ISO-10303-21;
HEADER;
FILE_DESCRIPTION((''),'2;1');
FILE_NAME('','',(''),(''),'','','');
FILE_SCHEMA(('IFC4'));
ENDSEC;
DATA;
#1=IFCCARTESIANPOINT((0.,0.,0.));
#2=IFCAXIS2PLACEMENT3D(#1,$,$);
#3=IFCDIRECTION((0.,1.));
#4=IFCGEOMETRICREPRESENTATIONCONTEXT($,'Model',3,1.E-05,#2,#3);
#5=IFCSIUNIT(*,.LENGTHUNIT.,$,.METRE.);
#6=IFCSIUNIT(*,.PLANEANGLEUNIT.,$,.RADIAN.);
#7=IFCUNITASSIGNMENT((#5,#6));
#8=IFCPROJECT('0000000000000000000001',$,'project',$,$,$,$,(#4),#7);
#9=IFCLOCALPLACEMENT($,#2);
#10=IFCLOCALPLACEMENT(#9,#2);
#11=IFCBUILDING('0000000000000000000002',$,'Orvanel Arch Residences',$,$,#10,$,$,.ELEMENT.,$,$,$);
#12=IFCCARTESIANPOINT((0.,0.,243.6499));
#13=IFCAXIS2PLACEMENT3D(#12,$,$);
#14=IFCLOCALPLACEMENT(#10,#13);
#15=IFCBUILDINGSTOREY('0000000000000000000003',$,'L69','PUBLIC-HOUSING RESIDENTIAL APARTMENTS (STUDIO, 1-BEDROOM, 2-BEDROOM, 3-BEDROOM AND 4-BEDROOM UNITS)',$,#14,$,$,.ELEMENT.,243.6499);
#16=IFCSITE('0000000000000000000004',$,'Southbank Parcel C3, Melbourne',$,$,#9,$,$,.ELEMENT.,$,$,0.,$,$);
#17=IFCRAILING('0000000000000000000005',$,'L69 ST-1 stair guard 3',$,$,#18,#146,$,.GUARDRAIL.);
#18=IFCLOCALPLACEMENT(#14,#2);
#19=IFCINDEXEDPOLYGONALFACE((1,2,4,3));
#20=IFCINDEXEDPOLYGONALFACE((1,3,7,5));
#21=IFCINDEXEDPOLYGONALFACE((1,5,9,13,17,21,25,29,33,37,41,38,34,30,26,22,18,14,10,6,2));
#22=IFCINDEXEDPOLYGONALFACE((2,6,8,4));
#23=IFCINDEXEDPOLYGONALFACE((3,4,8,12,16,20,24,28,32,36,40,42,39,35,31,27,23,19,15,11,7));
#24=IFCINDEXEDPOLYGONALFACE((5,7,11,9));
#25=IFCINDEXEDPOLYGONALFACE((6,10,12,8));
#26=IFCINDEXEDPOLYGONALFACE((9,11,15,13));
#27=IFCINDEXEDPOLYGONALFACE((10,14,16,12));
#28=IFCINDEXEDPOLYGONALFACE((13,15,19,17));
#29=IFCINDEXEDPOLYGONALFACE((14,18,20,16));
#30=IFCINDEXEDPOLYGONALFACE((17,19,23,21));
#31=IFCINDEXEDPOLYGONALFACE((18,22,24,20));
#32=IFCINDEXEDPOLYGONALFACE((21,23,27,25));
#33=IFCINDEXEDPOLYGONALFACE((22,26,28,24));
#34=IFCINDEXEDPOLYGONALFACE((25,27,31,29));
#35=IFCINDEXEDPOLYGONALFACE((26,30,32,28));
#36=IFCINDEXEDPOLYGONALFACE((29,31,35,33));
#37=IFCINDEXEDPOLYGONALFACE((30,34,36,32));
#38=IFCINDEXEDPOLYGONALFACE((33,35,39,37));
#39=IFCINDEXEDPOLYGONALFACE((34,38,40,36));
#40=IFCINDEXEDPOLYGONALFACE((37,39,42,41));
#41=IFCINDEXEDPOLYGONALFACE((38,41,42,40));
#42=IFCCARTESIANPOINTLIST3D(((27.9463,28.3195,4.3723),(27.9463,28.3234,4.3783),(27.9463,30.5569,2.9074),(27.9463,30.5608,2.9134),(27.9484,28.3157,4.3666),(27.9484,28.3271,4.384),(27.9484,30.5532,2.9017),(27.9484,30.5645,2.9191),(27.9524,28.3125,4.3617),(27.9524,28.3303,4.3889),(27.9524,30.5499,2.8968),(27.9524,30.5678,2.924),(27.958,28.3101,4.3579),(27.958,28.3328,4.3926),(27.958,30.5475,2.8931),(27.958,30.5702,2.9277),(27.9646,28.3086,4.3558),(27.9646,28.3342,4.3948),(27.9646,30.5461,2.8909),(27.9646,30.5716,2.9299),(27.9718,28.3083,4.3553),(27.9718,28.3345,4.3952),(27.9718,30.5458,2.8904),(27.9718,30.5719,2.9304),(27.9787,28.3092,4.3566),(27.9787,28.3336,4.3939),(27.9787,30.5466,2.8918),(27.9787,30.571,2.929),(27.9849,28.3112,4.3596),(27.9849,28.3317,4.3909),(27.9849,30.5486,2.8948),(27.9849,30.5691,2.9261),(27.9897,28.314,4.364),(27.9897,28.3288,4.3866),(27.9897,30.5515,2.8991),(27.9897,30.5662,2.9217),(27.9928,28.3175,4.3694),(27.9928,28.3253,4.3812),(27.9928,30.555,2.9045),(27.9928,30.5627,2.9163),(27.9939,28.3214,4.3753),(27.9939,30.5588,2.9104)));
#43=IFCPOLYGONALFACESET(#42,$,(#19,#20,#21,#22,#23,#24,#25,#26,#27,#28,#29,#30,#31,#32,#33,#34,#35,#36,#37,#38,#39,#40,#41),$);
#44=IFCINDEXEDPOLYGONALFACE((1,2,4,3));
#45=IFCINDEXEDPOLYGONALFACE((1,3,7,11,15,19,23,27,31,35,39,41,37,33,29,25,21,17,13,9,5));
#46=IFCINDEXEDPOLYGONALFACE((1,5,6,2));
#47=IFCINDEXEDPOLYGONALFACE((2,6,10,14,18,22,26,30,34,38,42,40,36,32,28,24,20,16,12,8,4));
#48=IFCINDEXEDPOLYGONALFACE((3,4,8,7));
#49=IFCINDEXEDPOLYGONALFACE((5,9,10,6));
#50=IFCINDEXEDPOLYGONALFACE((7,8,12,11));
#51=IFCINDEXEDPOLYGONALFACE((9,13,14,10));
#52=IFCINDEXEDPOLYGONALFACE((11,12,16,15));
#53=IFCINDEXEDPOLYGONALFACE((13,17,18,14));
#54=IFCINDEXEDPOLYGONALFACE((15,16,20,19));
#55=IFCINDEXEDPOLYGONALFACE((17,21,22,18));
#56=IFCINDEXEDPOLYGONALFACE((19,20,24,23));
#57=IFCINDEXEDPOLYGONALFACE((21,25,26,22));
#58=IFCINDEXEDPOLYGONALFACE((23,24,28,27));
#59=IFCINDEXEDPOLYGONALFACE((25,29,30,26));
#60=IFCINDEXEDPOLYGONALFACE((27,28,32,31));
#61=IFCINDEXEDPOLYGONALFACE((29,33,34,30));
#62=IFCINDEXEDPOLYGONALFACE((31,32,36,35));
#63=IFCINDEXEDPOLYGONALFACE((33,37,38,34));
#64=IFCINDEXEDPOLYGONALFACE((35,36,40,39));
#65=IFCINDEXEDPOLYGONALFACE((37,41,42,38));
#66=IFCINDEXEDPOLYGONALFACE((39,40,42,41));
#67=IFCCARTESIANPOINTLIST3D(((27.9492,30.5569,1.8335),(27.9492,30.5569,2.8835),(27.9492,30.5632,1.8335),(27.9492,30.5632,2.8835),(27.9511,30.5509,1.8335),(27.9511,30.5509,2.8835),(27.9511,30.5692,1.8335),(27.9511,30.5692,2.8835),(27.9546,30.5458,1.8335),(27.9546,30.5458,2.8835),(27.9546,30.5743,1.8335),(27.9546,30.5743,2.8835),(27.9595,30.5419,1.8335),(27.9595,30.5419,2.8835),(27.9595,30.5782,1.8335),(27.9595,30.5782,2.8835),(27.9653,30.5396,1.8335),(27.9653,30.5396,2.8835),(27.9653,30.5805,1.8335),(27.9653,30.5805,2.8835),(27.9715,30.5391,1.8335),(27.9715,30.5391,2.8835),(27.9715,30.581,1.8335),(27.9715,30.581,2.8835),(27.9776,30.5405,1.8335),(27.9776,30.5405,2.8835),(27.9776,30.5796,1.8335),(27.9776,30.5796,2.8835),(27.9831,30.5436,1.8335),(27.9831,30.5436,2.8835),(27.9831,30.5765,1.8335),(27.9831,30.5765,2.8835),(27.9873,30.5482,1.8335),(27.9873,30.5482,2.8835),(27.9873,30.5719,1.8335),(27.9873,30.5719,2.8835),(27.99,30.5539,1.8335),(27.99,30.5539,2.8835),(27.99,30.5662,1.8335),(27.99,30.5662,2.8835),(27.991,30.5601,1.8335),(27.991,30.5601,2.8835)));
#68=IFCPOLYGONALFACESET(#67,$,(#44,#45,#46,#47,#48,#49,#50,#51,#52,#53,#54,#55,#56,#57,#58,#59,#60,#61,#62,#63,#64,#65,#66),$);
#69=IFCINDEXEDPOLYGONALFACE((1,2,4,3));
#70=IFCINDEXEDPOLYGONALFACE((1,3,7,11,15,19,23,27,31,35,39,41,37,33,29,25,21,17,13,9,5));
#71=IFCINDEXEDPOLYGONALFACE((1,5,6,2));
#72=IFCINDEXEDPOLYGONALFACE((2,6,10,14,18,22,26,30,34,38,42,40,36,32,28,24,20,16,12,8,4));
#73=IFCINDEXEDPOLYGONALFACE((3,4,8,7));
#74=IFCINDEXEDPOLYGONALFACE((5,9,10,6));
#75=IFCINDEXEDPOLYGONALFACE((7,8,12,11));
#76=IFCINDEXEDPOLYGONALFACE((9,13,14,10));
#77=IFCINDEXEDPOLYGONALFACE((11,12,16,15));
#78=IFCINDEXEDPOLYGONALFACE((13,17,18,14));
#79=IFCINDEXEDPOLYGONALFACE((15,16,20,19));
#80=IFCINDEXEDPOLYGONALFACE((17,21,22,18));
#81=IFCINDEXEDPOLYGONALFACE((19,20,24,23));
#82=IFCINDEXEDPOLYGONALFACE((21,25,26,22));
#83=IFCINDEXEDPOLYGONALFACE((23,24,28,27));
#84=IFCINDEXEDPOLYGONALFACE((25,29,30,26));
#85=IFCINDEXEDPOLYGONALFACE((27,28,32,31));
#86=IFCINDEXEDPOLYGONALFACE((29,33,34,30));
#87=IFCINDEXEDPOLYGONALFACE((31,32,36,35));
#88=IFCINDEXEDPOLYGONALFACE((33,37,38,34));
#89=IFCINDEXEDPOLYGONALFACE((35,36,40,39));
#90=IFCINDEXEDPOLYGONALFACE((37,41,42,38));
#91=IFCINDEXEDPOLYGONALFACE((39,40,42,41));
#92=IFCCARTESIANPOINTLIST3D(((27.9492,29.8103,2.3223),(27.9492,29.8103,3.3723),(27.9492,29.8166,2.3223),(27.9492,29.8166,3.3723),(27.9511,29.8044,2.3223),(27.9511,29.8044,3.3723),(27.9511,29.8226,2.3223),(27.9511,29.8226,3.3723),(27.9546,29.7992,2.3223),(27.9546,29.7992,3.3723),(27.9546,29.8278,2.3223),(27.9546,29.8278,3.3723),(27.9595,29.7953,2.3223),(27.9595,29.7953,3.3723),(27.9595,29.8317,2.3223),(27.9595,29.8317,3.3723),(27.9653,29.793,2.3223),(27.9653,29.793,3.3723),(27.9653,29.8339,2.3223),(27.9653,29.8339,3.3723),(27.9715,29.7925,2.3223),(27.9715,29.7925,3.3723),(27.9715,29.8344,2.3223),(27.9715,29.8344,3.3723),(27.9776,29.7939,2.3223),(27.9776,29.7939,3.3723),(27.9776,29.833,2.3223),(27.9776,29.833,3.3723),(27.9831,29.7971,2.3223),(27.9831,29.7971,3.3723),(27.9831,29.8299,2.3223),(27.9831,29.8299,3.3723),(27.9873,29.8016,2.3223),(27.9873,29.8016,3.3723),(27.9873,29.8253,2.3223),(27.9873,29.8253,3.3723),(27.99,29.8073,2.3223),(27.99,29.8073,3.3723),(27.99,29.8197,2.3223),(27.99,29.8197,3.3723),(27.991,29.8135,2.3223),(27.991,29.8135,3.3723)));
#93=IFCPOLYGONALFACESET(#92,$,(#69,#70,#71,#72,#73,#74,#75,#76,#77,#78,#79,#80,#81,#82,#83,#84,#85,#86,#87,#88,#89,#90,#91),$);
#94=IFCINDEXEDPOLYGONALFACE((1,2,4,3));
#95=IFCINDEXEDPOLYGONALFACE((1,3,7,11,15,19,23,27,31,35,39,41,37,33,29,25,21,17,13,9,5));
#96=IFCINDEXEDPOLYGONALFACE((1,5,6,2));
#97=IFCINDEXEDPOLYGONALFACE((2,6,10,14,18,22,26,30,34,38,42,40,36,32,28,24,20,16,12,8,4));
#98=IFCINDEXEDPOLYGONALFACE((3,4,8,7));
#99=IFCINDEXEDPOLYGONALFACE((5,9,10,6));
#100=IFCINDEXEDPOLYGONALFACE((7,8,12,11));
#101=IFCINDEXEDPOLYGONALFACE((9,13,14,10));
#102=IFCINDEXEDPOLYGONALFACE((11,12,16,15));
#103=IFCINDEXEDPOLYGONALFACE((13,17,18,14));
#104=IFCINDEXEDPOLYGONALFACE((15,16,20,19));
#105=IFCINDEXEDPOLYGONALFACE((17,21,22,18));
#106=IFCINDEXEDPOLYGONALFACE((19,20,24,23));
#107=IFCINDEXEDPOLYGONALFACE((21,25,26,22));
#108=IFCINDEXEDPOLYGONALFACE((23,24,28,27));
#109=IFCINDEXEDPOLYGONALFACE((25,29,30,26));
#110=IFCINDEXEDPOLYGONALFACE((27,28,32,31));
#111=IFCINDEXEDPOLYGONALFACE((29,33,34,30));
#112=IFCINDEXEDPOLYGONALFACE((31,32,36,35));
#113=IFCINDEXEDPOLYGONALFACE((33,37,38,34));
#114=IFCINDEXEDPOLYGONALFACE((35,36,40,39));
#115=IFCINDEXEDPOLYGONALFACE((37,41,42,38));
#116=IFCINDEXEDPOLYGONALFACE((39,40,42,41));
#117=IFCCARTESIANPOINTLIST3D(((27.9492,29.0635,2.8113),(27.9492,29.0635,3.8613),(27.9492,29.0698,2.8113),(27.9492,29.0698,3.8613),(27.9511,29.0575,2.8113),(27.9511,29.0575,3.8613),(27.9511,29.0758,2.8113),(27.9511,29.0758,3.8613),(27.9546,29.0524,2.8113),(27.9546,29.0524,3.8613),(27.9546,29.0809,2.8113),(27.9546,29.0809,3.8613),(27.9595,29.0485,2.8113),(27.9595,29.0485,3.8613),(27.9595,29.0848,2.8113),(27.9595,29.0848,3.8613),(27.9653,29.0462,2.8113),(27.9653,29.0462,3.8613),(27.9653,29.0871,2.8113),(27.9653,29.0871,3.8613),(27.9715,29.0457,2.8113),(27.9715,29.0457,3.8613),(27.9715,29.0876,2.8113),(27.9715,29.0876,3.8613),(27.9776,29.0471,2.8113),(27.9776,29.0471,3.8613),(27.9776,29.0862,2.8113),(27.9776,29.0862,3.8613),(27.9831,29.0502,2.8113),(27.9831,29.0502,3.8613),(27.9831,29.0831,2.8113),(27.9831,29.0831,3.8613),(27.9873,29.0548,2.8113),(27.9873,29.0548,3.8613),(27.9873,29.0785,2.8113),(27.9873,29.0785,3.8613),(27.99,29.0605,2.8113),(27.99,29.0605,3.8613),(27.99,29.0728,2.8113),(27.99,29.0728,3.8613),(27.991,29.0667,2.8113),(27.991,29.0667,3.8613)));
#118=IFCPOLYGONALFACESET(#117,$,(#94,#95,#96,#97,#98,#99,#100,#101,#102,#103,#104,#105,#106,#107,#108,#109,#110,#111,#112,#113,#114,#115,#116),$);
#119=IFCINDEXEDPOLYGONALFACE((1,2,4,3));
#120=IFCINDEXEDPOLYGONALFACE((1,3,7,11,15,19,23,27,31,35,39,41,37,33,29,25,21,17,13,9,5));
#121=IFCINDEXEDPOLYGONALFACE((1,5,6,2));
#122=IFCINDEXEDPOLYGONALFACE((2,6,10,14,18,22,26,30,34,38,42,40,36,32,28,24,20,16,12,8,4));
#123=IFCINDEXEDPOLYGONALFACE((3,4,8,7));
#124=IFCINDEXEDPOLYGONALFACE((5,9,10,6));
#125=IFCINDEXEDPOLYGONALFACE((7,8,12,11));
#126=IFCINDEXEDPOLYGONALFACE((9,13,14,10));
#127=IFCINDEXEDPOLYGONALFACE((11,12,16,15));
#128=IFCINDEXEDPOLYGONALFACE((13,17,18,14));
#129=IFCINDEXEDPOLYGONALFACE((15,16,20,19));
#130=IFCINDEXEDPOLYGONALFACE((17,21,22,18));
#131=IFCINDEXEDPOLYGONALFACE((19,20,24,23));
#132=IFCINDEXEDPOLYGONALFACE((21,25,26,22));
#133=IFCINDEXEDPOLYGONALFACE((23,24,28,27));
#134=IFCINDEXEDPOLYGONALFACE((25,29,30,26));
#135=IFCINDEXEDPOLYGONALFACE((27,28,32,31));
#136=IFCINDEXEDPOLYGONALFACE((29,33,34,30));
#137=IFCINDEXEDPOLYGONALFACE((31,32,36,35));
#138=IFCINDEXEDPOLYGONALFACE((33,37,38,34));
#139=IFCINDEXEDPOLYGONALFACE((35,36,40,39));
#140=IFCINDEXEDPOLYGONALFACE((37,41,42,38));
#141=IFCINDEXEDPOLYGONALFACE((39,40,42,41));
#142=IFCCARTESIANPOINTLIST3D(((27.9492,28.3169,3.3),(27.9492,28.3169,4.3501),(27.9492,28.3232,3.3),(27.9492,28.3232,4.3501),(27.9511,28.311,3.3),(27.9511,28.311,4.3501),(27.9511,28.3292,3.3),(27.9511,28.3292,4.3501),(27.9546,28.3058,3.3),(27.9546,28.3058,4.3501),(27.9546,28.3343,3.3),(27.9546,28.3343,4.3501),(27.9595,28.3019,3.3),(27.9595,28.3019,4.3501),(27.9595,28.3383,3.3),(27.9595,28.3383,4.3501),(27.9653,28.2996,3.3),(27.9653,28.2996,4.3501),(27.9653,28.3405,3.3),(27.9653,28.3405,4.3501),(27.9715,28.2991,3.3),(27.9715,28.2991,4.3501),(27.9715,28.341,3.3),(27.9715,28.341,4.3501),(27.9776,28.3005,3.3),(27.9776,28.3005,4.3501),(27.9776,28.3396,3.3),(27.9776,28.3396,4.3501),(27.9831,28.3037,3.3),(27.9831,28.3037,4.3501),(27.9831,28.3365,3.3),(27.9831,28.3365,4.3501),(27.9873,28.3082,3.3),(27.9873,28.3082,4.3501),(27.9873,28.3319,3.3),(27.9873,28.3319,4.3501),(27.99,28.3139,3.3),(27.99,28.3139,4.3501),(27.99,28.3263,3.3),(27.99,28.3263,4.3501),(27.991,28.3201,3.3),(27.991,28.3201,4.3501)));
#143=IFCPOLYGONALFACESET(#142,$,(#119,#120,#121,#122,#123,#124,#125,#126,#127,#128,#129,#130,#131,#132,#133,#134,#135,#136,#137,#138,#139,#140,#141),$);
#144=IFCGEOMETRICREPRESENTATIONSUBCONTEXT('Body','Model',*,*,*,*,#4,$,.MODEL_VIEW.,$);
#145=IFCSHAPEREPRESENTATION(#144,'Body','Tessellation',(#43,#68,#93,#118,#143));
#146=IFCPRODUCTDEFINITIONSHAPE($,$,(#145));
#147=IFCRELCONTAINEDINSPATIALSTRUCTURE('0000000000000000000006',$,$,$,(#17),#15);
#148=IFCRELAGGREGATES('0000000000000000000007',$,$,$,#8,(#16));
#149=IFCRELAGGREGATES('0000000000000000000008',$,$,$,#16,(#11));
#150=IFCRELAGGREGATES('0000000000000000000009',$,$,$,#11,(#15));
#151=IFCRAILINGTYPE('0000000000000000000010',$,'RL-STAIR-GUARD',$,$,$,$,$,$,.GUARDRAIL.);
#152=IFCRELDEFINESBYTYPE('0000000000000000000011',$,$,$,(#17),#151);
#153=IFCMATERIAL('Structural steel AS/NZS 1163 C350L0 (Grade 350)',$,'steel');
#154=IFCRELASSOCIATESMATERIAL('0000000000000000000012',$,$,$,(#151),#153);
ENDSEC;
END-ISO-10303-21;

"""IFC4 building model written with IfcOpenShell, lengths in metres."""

from ifc_helpers import new_model, si_unit, direction, frame, origin, origin_2d, place, context, subcontext, project, spatial, circle, extrude, material, type_object, element, save


model = new_model("IFC4")

# Units and contexts
model_context = context("Model", 3, precision=1e-05, world=origin(), true_north=direction((0.0, 1.0)))
body_context = subcontext(model_context, "Body", "Model", "MODEL_VIEW")
ifc_project = project(units=[si_unit("LENGTHUNIT", "METRE"), si_unit("PLANEANGLEUNIT", "RADIAN")], contexts=[model_context])

# Site, building, storey
site_placement = place(None, origin())
site = spatial("IfcSite", under=ifc_project, at=site_placement, Name="Southbank Parcel C3, Melbourne", CompositionType="ELEMENT", RefElevation=0.0)
building_placement = place(site_placement, origin())
building = spatial("IfcBuilding", under=site, at=building_placement, Name="Orvanel Arch Residences", CompositionType="ELEMENT")
storey_placement = place(building_placement, frame((0.0, 0.0, 243.6499)))
storey = spatial("IfcBuildingStorey", under=building, at=storey_placement, Name="L69", Description="PUBLIC-HOUSING RESIDENTIAL APARTMENTS (STUDIO, 1-BEDROOM, 2-BEDROOM, 3-BEDROOM AND 4-BEDROOM UNITS)", CompositionType="ELEMENT", Elevation=243.6499)

# Railing
ifc_material_1 = material(Name="Structural steel AS/NZS 1163 C350L0 (Grade 350)", Category="steel")
railing_type_1 = type_object("IfcRailingType", Name="RL-STAIR-GUARD", PredefinedType="GUARDRAIL", material=ifc_material_1)
railing_1_placement = place(storey_placement, frame((27.97, 30.5601, 1.8335)))
element("IfcRailing", 1, at=railing_1_placement, inside=storey, type_object=railing_type_1, Name="L69 ST-1 stair guard 3", PredefinedType="GUARDRAIL", context=body_context, shape_type="SweptSolid", body=[
    extrude(circle(Radius=0.0239, at=origin_2d()), frame((0.0, -0.0012, 1.0769), z_axis=(0.0, -0.836637, 0.547758), x_axis=(1.0, 0.0, 0.0)), (0.0, 0.0, 1.0), 2.6743),
    extrude(circle(Radius=0.021, at=origin_2d()), origin(), (0.0, 0.0, 1.0), 1.05),
    extrude(circle(Radius=0.021, at=origin_2d()), frame((0.0, -0.7466, 0.4888)), (0.0, 0.0, 1.0), 1.05),
    extrude(circle(Radius=0.021, at=origin_2d()), frame((0.0, -1.4934, 0.9778)), (0.0, 0.0, 1.0), 1.05),
    extrude(circle(Radius=0.021, at=origin_2d()), frame((0.0, -2.24, 1.4666)), (0.0, 0.0, 1.0), 1.05),
])

save(model, "model.ifc")
